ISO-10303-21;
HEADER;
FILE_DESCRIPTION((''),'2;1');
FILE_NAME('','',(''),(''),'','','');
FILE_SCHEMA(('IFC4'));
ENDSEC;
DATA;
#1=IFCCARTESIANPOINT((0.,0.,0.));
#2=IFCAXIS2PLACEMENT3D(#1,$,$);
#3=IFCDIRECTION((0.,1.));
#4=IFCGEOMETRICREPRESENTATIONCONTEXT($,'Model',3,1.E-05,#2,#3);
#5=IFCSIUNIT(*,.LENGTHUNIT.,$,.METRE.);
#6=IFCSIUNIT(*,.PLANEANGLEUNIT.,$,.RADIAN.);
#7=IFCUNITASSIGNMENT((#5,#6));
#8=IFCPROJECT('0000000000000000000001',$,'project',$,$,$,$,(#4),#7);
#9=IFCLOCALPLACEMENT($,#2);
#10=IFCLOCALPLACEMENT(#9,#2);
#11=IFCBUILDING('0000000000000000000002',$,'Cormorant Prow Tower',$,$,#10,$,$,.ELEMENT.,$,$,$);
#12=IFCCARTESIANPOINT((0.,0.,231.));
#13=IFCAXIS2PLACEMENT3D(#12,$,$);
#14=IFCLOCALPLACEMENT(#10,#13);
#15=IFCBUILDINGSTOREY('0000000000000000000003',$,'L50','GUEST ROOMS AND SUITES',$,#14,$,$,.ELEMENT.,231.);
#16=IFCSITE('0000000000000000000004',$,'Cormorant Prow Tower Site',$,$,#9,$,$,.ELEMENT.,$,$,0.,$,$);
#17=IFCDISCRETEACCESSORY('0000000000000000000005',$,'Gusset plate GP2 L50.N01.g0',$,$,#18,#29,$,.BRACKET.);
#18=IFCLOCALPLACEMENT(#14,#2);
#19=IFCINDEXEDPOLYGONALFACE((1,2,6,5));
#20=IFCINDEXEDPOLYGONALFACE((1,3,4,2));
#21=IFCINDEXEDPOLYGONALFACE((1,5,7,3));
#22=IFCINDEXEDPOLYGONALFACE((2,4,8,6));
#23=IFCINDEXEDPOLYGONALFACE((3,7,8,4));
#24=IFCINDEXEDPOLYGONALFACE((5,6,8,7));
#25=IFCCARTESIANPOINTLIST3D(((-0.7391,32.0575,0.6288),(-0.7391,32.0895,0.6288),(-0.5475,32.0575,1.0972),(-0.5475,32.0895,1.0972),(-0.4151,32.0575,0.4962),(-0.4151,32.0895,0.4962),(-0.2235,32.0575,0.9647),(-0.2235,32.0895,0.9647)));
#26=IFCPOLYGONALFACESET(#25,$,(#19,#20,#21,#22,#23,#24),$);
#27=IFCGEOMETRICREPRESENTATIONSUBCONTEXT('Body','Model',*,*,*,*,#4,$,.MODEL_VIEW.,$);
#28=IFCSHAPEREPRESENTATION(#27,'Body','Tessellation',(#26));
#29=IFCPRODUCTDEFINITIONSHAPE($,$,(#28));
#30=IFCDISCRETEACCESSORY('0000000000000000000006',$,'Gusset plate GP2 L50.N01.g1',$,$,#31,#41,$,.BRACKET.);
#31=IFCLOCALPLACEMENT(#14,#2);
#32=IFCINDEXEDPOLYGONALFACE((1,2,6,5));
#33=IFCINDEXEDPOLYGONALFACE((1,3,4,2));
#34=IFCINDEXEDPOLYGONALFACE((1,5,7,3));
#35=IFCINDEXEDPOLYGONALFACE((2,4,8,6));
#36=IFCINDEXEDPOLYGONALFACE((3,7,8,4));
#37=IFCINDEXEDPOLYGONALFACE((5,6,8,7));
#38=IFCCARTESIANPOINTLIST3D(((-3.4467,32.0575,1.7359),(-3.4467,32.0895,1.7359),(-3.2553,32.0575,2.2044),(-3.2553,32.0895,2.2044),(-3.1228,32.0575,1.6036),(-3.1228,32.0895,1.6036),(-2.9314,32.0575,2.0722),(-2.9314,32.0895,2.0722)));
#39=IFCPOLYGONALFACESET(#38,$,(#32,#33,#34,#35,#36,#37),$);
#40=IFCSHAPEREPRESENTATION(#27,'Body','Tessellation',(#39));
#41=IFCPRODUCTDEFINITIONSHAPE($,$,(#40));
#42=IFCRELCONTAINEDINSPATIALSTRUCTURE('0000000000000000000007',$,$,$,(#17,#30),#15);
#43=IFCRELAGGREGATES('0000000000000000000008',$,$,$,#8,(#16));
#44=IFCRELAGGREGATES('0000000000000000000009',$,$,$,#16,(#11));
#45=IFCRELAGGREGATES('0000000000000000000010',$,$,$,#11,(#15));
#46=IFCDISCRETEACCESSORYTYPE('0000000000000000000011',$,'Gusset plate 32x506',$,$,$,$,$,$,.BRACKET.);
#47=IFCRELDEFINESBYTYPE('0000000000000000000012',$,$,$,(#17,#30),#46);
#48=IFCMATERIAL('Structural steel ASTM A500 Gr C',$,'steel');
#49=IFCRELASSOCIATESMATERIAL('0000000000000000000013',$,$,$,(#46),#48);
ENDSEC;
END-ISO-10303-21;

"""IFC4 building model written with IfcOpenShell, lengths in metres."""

from ifc_helpers import new_model, si_unit, direction, frame, origin, origin_2d, place, context, subcontext, project, spatial, rectangle, extrude, material, material_profile, profile_set, type_object, element, save


model = new_model("IFC4")

# Units and contexts
model_context = context("Model", 3, precision=1e-05, world=origin(), true_north=direction((0.0, 1.0)))
body_context = subcontext(model_context, "Body", "Model", "MODEL_VIEW")
ifc_project = project(units=[si_unit("LENGTHUNIT", "METRE"), si_unit("PLANEANGLEUNIT", "RADIAN")], contexts=[model_context])

# Site, building, storey
site_placement = place(None, origin())
site = spatial("IfcSite", under=ifc_project, at=site_placement, Name="Cormorant Prow Tower Site", CompositionType="ELEMENT", RefElevation=0.0)
building_placement = place(site_placement, origin())
building = spatial("IfcBuilding", under=site, at=building_placement, Name="Cormorant Prow Tower", CompositionType="ELEMENT")
storey_placement = place(building_placement, frame((0.0, 0.0, 231.0)))
storey = spatial("IfcBuildingStorey", under=building, at=storey_placement, Name="L50", Description="GUEST ROOMS AND SUITES", CompositionType="ELEMENT", Elevation=231.0)

# Discrete accessories
ifc_material_1 = material(Name="Structural steel ASTM A500 Gr C", Category="steel")
ifc_material_profile_1 = material_profile(ifc_material_1, rectangle(XDim=0.032, YDim=0.5061, at=origin_2d()), Name="Gusset plate 32x506")
ifc_profile_set_1 = profile_set([ifc_material_profile_1], Name="Structural steel ASTM A500 Gr C")
discrete_accessory_type = type_object("IfcDiscreteAccessoryType", Name="Gusset plate 32x506", PredefinedType="BRACKET", material=ifc_profile_set_1)
discrete_accessory_1_placement = place(storey_placement, frame((-0.6433, 32.0735, 0.863), z_axis=(0.925514, 0.0, -0.378714), x_axis=(0.0, 1.0, 0.0)))
element("IfcDiscreteAccessory", 1, at=discrete_accessory_1_placement, inside=storey, type_object=discrete_accessory_type, Name="Gusset plate GP2 L50.N01.g0", PredefinedType="BRACKET", context=body_context, shape_type="SweptSolid", body=[
    extrude(rectangle(XDim=0.032, YDim=0.5061, at=origin_2d()), origin(), (0.0, 0.0, 1.0), 0.3501),
])
discrete_accessory_2_placement = place(storey_placement, frame((-3.0271, 32.0735, 1.8379), z_axis=(-0.925758, 0.0, 0.378117), x_axis=(0.0, -1.0, 0.0)))
element("IfcDiscreteAccessory", 2, at=discrete_accessory_2_placement, inside=storey, type_object=discrete_accessory_type, Name="Gusset plate GP2 L50.N01.g1", PredefinedType="BRACKET", context=body_context, shape_type="SweptSolid", body=[
    extrude(rectangle(XDim=0.032, YDim=0.5061, at=origin_2d()), origin(), (0.0, 0.0, 1.0), 0.3499),
])

save(model, "model.ifc")
